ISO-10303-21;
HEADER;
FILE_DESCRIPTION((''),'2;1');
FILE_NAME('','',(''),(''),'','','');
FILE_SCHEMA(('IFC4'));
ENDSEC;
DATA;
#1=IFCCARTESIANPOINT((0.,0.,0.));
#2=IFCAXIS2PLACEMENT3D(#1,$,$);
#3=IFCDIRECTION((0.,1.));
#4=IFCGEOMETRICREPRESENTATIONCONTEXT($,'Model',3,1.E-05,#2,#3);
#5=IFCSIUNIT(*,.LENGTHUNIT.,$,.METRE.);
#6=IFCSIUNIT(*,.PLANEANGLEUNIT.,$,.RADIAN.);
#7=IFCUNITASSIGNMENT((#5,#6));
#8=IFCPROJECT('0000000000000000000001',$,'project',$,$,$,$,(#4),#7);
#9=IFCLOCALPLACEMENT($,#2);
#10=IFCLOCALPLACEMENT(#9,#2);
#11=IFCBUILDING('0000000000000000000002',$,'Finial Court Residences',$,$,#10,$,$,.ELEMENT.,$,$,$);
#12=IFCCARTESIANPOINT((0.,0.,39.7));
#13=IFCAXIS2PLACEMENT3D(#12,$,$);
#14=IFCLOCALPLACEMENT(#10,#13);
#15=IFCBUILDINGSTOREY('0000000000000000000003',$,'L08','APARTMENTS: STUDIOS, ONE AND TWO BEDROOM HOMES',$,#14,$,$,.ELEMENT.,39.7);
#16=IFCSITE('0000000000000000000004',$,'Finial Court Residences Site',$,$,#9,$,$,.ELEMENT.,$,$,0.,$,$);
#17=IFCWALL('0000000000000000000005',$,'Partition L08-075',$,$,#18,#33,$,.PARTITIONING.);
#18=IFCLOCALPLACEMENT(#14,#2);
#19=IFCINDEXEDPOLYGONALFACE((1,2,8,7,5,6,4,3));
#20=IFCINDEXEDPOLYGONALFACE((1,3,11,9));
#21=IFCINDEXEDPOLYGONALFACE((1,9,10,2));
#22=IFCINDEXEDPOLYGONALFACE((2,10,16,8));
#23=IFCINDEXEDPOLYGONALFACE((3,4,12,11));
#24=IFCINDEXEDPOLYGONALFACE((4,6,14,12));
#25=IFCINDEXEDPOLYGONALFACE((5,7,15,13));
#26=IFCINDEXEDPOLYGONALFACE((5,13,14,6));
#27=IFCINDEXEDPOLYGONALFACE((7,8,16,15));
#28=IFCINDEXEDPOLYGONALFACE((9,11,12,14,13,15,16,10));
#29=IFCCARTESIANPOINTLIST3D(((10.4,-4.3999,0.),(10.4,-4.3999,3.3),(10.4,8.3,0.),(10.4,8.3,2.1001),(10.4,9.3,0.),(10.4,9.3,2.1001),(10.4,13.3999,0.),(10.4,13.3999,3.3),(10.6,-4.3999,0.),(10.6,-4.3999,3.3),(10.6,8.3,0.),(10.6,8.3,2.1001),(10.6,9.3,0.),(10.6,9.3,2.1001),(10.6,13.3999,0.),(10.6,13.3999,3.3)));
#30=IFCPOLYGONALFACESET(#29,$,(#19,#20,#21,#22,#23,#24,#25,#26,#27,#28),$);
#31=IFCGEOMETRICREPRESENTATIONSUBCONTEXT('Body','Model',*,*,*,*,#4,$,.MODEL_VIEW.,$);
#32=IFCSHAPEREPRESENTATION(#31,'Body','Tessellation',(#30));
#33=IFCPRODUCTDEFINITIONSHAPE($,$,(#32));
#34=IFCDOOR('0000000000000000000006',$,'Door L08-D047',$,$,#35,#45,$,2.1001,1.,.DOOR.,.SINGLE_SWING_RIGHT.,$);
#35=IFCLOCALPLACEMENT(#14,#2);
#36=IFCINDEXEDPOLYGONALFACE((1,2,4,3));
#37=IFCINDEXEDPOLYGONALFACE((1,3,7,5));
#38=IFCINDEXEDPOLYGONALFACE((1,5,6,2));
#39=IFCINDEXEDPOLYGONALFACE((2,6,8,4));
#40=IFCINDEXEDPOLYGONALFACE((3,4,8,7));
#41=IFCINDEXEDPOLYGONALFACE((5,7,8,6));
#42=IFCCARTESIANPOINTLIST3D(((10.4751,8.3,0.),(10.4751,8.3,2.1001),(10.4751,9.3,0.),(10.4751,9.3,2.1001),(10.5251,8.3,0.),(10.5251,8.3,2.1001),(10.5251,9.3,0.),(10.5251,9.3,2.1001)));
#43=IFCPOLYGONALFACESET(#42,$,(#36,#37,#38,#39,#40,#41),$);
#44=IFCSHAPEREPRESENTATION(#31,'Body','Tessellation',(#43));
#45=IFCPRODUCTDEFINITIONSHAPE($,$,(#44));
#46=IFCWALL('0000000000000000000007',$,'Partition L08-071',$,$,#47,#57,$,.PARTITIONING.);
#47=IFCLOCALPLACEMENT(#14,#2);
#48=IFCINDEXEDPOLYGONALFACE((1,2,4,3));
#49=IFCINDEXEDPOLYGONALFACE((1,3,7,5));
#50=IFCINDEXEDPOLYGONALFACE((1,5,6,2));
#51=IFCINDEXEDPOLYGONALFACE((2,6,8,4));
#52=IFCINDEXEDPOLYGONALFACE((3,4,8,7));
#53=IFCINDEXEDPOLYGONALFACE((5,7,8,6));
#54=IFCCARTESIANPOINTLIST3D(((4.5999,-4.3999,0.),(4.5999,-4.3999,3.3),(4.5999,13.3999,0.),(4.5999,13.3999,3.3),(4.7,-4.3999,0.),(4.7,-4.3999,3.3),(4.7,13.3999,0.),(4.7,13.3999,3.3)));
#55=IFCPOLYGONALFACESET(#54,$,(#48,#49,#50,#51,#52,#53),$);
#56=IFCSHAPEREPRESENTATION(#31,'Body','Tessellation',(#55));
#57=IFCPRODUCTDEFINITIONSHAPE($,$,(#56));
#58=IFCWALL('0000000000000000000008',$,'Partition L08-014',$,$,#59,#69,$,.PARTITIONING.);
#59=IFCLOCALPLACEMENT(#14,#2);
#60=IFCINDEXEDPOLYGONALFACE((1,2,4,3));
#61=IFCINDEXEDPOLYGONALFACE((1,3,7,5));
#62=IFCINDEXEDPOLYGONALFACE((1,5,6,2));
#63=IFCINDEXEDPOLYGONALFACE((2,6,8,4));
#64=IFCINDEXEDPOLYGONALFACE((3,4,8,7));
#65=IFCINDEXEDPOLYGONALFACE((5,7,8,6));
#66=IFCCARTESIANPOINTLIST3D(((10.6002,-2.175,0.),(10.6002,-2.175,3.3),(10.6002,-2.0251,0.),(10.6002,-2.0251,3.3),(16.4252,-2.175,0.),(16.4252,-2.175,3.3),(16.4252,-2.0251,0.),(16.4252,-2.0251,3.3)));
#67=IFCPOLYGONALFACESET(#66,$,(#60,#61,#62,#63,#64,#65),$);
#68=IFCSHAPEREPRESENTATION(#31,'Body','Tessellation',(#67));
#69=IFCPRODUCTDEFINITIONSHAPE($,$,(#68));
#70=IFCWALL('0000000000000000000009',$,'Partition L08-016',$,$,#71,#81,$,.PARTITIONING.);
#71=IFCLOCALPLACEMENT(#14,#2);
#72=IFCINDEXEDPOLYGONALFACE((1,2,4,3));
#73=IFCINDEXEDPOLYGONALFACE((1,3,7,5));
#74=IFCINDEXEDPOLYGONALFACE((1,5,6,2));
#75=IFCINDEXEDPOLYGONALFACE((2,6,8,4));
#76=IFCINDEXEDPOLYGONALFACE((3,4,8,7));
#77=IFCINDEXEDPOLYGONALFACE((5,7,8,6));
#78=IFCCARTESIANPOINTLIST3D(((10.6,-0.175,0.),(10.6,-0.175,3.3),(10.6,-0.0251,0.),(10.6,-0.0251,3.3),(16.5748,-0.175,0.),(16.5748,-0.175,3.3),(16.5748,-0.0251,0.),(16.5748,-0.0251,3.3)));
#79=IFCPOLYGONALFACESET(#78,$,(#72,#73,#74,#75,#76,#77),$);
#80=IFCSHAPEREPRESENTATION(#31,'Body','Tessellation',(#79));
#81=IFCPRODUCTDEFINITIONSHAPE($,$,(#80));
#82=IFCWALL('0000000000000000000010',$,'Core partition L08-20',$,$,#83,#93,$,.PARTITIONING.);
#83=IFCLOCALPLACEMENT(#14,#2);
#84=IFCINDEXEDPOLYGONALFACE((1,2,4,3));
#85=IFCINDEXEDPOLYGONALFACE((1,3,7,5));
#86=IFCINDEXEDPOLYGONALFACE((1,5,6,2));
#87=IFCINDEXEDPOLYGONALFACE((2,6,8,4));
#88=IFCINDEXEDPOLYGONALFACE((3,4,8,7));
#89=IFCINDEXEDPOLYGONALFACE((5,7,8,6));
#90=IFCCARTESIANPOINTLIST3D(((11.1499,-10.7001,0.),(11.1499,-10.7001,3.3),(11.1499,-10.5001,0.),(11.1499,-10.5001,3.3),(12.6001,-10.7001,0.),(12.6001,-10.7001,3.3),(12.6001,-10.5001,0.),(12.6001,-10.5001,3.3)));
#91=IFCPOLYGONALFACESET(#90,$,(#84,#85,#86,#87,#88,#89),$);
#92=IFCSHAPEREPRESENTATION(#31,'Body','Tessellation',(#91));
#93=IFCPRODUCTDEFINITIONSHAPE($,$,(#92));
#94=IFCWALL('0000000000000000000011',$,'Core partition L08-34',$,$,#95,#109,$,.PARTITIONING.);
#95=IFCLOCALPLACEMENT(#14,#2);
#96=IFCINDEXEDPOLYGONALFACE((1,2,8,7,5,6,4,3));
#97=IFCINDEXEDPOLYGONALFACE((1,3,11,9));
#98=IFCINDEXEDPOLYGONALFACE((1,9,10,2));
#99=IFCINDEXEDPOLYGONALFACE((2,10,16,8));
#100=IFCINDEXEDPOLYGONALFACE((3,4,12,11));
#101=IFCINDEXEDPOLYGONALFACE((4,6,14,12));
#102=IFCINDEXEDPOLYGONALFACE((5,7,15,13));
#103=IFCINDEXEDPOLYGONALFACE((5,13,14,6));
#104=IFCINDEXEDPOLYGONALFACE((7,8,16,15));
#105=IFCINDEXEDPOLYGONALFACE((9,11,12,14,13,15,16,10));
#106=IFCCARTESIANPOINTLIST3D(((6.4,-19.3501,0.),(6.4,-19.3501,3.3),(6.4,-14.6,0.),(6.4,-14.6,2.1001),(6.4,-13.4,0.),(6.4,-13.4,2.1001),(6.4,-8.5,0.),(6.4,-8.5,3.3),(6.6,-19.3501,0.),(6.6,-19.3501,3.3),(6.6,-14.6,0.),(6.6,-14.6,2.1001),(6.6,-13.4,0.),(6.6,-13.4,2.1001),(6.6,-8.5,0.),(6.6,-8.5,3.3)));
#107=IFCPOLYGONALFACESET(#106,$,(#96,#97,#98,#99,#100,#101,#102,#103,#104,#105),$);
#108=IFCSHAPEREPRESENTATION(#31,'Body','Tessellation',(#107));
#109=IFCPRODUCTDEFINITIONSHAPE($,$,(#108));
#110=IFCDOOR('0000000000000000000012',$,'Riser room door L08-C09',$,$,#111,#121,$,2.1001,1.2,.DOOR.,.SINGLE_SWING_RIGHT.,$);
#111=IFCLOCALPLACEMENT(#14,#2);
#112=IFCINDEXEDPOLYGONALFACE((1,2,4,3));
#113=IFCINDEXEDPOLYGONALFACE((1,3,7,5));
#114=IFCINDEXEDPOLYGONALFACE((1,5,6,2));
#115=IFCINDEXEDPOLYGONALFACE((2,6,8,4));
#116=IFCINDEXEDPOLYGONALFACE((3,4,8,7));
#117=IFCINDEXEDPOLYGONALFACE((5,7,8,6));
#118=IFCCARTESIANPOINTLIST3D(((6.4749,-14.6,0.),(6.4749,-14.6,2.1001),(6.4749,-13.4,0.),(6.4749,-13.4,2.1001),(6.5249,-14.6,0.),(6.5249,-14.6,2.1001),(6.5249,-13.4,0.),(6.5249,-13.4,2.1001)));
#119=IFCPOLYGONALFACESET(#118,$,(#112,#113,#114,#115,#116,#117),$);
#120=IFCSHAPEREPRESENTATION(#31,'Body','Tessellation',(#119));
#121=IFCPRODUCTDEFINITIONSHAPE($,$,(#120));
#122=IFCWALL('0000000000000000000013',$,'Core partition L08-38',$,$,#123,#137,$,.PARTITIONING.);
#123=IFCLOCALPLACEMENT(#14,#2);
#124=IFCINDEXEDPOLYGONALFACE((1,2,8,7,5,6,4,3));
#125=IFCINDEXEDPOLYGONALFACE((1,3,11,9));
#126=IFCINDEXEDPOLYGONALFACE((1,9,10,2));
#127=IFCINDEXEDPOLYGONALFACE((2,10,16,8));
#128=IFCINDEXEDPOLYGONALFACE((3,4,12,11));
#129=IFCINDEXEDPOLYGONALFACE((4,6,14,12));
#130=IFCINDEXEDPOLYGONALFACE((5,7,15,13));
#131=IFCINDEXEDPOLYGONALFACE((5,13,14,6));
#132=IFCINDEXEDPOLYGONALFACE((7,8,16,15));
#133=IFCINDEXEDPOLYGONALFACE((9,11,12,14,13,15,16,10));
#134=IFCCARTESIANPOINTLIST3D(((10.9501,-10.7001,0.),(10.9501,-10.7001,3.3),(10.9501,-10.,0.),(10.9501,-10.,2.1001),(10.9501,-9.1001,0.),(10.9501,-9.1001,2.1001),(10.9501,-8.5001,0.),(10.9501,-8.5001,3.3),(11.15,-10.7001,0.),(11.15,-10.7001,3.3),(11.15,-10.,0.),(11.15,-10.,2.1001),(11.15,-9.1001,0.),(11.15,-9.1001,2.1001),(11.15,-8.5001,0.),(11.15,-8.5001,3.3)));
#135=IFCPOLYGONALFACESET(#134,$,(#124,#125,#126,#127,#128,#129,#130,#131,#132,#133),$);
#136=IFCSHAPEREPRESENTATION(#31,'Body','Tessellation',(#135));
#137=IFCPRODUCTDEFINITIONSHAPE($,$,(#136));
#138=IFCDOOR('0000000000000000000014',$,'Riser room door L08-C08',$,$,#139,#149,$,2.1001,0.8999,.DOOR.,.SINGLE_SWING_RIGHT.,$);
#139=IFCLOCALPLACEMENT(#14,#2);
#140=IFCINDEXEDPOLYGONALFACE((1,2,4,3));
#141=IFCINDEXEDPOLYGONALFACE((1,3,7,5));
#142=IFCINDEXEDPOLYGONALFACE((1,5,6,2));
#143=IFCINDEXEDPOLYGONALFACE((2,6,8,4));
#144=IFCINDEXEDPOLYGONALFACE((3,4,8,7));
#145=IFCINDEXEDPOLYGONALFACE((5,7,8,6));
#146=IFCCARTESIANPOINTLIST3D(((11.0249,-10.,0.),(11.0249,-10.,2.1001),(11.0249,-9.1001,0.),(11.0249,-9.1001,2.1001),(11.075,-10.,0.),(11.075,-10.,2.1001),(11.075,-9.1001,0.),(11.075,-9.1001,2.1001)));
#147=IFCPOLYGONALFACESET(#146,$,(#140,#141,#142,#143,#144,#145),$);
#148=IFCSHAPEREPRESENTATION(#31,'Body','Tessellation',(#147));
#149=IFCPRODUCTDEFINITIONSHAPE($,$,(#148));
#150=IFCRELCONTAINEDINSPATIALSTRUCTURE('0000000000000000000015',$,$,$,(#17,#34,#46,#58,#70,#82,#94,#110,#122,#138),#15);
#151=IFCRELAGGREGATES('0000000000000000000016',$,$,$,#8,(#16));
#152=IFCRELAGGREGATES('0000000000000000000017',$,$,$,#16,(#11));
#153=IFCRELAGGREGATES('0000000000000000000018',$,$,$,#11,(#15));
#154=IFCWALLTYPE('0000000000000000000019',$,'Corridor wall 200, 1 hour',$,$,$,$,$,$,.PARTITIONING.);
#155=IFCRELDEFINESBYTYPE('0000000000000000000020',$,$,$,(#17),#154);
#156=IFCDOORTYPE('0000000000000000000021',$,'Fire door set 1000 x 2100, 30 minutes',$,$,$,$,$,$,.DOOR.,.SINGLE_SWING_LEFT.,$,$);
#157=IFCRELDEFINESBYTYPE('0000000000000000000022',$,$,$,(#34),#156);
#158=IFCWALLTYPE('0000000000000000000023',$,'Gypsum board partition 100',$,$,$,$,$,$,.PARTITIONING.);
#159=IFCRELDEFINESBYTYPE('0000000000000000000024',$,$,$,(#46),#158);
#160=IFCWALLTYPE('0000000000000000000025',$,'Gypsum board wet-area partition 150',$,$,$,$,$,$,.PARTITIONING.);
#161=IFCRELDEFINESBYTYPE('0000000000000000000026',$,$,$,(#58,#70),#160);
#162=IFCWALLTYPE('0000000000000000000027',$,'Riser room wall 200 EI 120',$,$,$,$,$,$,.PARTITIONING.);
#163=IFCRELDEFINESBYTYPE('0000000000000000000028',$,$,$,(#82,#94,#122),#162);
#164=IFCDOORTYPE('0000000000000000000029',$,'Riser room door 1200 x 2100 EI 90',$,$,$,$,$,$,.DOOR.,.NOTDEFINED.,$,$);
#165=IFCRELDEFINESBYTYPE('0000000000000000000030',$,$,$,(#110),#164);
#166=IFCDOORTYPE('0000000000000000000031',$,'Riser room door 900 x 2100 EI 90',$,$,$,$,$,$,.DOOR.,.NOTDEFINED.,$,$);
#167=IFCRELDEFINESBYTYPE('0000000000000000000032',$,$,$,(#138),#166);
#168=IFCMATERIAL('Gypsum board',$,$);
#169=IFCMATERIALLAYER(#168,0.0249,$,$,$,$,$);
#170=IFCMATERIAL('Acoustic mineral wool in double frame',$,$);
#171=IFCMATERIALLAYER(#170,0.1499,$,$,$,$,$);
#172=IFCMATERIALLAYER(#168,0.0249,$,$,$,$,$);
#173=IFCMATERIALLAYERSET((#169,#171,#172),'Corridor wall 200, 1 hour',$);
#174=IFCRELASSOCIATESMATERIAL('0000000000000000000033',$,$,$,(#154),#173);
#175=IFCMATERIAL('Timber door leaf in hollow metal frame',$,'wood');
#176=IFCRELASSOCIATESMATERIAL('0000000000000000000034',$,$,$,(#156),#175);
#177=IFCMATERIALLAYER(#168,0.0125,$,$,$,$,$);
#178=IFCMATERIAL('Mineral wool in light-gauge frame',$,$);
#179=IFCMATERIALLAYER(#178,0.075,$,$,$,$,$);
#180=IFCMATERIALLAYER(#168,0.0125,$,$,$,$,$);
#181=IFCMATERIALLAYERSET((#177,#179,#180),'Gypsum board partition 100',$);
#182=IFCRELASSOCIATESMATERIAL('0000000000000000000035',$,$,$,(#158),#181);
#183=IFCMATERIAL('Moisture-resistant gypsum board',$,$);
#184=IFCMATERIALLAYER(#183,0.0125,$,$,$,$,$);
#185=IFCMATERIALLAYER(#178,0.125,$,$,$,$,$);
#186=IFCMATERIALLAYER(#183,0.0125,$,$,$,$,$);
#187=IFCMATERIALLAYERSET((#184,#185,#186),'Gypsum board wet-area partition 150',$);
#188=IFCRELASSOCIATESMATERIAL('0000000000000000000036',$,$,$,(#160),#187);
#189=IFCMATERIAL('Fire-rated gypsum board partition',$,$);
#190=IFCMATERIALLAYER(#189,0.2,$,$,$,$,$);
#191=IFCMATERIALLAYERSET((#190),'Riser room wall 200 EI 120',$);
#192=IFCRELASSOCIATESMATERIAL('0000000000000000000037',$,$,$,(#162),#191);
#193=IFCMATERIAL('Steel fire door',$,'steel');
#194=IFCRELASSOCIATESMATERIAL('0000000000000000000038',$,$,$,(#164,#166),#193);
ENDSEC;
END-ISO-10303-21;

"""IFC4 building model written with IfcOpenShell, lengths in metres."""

from ifc_helpers import new_model, si_unit, direction, frame, frame_2d, origin, place, context, subcontext, project, spatial, rectangle, extrude, material, layer, layer_set, type_object, element, fill, save


model = new_model("IFC4")

# Units and contexts
model_context = context("Model", 3, precision=1e-05, world=origin(), true_north=direction((0.0, 1.0)))
body_context = subcontext(model_context, "Body", "Model", "MODEL_VIEW")
ifc_project = project(units=[si_unit("LENGTHUNIT", "METRE"), si_unit("PLANEANGLEUNIT", "RADIAN")], contexts=[model_context])

# Site, building, storey
site_placement = place(None, origin())
site = spatial("IfcSite", under=ifc_project, at=site_placement, Name="Finial Court Residences Site", CompositionType="ELEMENT", RefElevation=0.0)
building_placement = place(site_placement, origin())
building = spatial("IfcBuilding", under=site, at=building_placement, Name="Finial Court Residences", CompositionType="ELEMENT")
storey_placement = place(building_placement, frame((0.0, 0.0, 39.7)))
storey = spatial("IfcBuildingStorey", under=building, at=storey_placement, Name="L08", Description="APARTMENTS: STUDIOS, ONE AND TWO BEDROOM HOMES", CompositionType="ELEMENT", Elevation=39.7)

# Shared definitions
ifc_material_1 = material(Name="Gypsum board")
ifc_layer_1 = layer(ifc_material_1, 0.0249)
ifc_material_2 = material(Name="Acoustic mineral wool in double frame")
ifc_layer_2 = layer(ifc_material_2, 0.1499)
ifc_layer_3 = layer(ifc_material_1, 0.0249)
ifc_layer_set_1 = layer_set([ifc_layer_1, ifc_layer_2, ifc_layer_3], Name="Corridor wall 200, 1 hour")
wall_type_1 = type_object("IfcWallType", Name="Corridor wall 200, 1 hour", PredefinedType="PARTITIONING", material=ifc_layer_set_1)
ifc_material_3 = material(Name="Timber door leaf in hollow metal frame", Category="wood")
door_type_1 = type_object("IfcDoorType", Name="Fire door set 1000 x 2100, 30 minutes", OperationType="SINGLE_SWING_LEFT", PredefinedType="DOOR", material=ifc_material_3)

# Wall, opening, door
wall_1_placement = place(storey_placement, frame((10.5, -4.3999, 0.0), z_axis=(0.0, 0.0, 1.0), x_axis=(0.0, 1.0, 0.0)))
wall_1 = element("IfcWall", 1, at=wall_1_placement, inside=storey, type_object=wall_type_1, Name="Partition L08-075", PredefinedType="PARTITIONING", context=body_context, shape_type="SweptSolid", body=[
    extrude(rectangle(XDim=17.7998, YDim=0.2, at=frame_2d((8.8999, 0.0))), origin(), (0.0, 0.0, 1.0), 3.3),
])
opening_1_placement = place(wall_1_placement, frame((12.7, 0.0, 0.0)))
opening_1 = element("IfcOpeningElement", 2, at=opening_1_placement, cuts=wall_1, PredefinedType="OPENING", context=body_context, shape_type="SweptSolid", body=[
    extrude(rectangle(XDim=1.0, YDim=2.1001, at=frame_2d((0.5, 1.05))), frame((0.0, 0.1099, 0.0), z_axis=(0.0, -1.0, 0.0), x_axis=(1.0, 0.0, 0.0)), (0.0, 0.0, 1.0), 0.22),
])
door_1_placement = place(opening_1_placement, origin())
door_1 = element("IfcDoor", 3, at=door_1_placement, inside=storey, type_object=door_type_1, Name="Door L08-D047", OperationType="SINGLE_SWING_RIGHT", OverallHeight=2.1001, OverallWidth=1.0, PredefinedType="DOOR", context=body_context, shape_type="SweptSolid", body=[
    extrude(rectangle(XDim=1.0, YDim=2.1001, at=frame_2d((0.5, 1.05))), frame((0.0, 0.0249, 0.0), z_axis=(0.0, -1.0, 0.0), x_axis=(1.0, 0.0, 0.0)), (0.0, 0.0, 1.0), 0.05),
])
fill(opening_1, door_1)

# Walls
ifc_layer_4 = layer(ifc_material_1, 0.0125)
ifc_material_4 = material(Name="Mineral wool in light-gauge frame")
ifc_layer_5 = layer(ifc_material_4, 0.075)
ifc_layer_6 = layer(ifc_material_1, 0.0125)
ifc_layer_set_2 = layer_set([ifc_layer_4, ifc_layer_5, ifc_layer_6], Name="Gypsum board partition 100")
wall_type_2 = type_object("IfcWallType", Name="Gypsum board partition 100", PredefinedType="PARTITIONING", material=ifc_layer_set_2)
wall_2_placement = place(storey_placement, frame((4.6499, -4.3999, 0.0), z_axis=(0.0, 0.0, 1.0), x_axis=(0.0, 1.0, 0.0)))
element("IfcWall", 4, at=wall_2_placement, inside=storey, type_object=wall_type_2, Name="Partition L08-071", PredefinedType="PARTITIONING", context=body_context, shape_type="SweptSolid", body=[
    extrude(rectangle(XDim=17.7998, YDim=0.1001, at=frame_2d((8.8999, 0.0))), origin(), (0.0, 0.0, 1.0), 3.3),
])
ifc_material_5 = material(Name="Moisture-resistant gypsum board")
ifc_layer_7 = layer(ifc_material_5, 0.0125)
ifc_layer_8 = layer(ifc_material_4, 0.125)
ifc_layer_9 = layer(ifc_material_5, 0.0125)
ifc_layer_set_3 = layer_set([ifc_layer_7, ifc_layer_8, ifc_layer_9], Name="Gypsum board wet-area partition 150")
wall_type_3 = type_object("IfcWallType", Name="Gypsum board wet-area partition 150", PredefinedType="PARTITIONING", material=ifc_layer_set_3)
wall_3_placement = place(storey_placement, frame((10.6001, -2.1001, 0.0), z_axis=(0.0, 0.0, 1.0), x_axis=(1.0, 0.0, 0.0)))
element("IfcWall", 5, at=wall_3_placement, inside=storey, type_object=wall_type_3, Name="Partition L08-014", PredefinedType="PARTITIONING", context=body_context, shape_type="SweptSolid", body=[
    extrude(rectangle(XDim=5.825, YDim=0.1499, at=frame_2d((2.9126, 0.0))), origin(), (0.0, 0.0, 1.0), 3.3),
])
wall_4_placement = place(storey_placement, frame((10.6001, -0.1001, 0.0), z_axis=(0.0, 0.0, 1.0), x_axis=(1.0, 0.0, 0.0)))
element("IfcWall", 6, at=wall_4_placement, inside=storey, type_object=wall_type_3, Name="Partition L08-016", PredefinedType="PARTITIONING", context=body_context, shape_type="SweptSolid", body=[
    extrude(rectangle(XDim=5.9749, YDim=0.1499, at=frame_2d((2.9873, 0.0))), origin(), (0.0, 0.0, 1.0), 3.3),
])
ifc_material_6 = material(Name="Fire-rated gypsum board partition")
ifc_layer_10 = layer(ifc_material_6, 0.2)
ifc_layer_set_4 = layer_set([ifc_layer_10], Name="Riser room wall 200 EI 120")
wall_type_4 = type_object("IfcWallType", Name="Riser room wall 200 EI 120", PredefinedType="PARTITIONING", material=ifc_layer_set_4)
wall_5_placement = place(storey_placement, frame((11.1499, -10.6001, 0.0), z_axis=(0.0, 0.0, 1.0), x_axis=(1.0, 0.0, 0.0)))
element("IfcWall", 7, at=wall_5_placement, inside=storey, type_object=wall_type_4, Name="Core partition L08-20", PredefinedType="PARTITIONING", context=body_context, shape_type="SweptSolid", body=[
    extrude(rectangle(XDim=1.4502, YDim=0.2, at=frame_2d((0.7251, 0.0))), origin(), (0.0, 0.0, 1.0), 3.3),
])

# Walls, openings, doors
wall_6_placement = place(storey_placement, frame((6.5, -8.5, 0.0), z_axis=(0.0, 0.0, 1.0), x_axis=(0.0, -1.0, 0.0)))
wall_6 = element("IfcWall", 8, at=wall_6_placement, inside=storey, type_object=wall_type_4, Name="Core partition L08-34", PredefinedType="PARTITIONING", context=body_context, shape_type="SweptSolid", body=[
    extrude(rectangle(XDim=10.8501, YDim=0.2, at=frame_2d((5.425, 0.0))), origin(), (0.0, 0.0, 1.0), 3.3),
])
opening_2_placement = place(wall_6_placement, frame((4.8999, 0.0, 0.0)))
opening_2 = element("IfcOpeningElement", 9, at=opening_2_placement, cuts=wall_6, PredefinedType="OPENING", context=body_context, shape_type="SweptSolid", body=[
    extrude(rectangle(XDim=1.2, YDim=2.1001, at=frame_2d((0.6001, 1.05))), frame((0.0, 0.1099, 0.0), z_axis=(0.0, -1.0, 0.0), x_axis=(1.0, 0.0, 0.0)), (0.0, 0.0, 1.0), 0.22),
])
ifc_material_7 = material(Name="Steel fire door", Category="steel")
door_type_2 = type_object("IfcDoorType", Name="Riser room door 1200 x 2100 EI 90", OperationType="NOTDEFINED", PredefinedType="DOOR", material=ifc_material_7)
door_2_placement = place(opening_2_placement, origin())
door_2 = element("IfcDoor", 10, at=door_2_placement, inside=storey, type_object=door_type_2, Name="Riser room door L08-C09", OperationType="SINGLE_SWING_RIGHT", OverallHeight=2.1001, OverallWidth=1.2, PredefinedType="DOOR", context=body_context, shape_type="SweptSolid", body=[
    extrude(rectangle(XDim=1.2, YDim=2.1001, at=frame_2d((0.6001, 1.05))), frame((0.0, 0.0249, 0.0), z_axis=(0.0, -1.0, 0.0), x_axis=(1.0, 0.0, 0.0)), (0.0, 0.0, 1.0), 0.05),
])
fill(opening_2, door_2)
wall_7_placement = place(storey_placement, frame((11.05, -8.5, 0.0), z_axis=(0.0, 0.0, 1.0), x_axis=(0.0, -1.0, 0.0)))
wall_7 = element("IfcWall", 11, at=wall_7_placement, inside=storey, type_object=wall_type_4, Name="Core partition L08-38", PredefinedType="PARTITIONING", context=body_context, shape_type="SweptSolid", body=[
    extrude(rectangle(XDim=2.2, YDim=0.2, at=frame_2d((1.1001, 0.0))), origin(), (0.0, 0.0, 1.0), 3.3),
])
opening_3_placement = place(wall_7_placement, frame((0.6001, 0.0, 0.0)))
opening_3 = element("IfcOpeningElement", 12, at=opening_3_placement, cuts=wall_7, PredefinedType="OPENING", context=body_context, shape_type="SweptSolid", body=[
    extrude(rectangle(XDim=0.8999, YDim=2.1001, at=frame_2d((0.45, 1.05))), frame((0.0, 0.1099, 0.0), z_axis=(0.0, -1.0, 0.0), x_axis=(1.0, 0.0, 0.0)), (0.0, 0.0, 1.0), 0.22),
])
door_type_3 = type_object("IfcDoorType", Name="Riser room door 900 x 2100 EI 90", OperationType="NOTDEFINED", PredefinedType="DOOR", material=ifc_material_7)
door_3_placement = place(opening_3_placement, origin())
door_3 = element("IfcDoor", 13, at=door_3_placement, inside=storey, type_object=door_type_3, Name="Riser room door L08-C08", OperationType="SINGLE_SWING_RIGHT", OverallHeight=2.1001, OverallWidth=0.8999, PredefinedType="DOOR", context=body_context, shape_type="SweptSolid", body=[
    extrude(rectangle(XDim=0.8999, YDim=2.1001, at=frame_2d((0.45, 1.05))), frame((0.0, 0.0249, 0.0), z_axis=(0.0, -1.0, 0.0), x_axis=(1.0, 0.0, 0.0)), (0.0, 0.0, 1.0), 0.05),
])
fill(opening_3, door_3)

save(model, "model.ifc")
